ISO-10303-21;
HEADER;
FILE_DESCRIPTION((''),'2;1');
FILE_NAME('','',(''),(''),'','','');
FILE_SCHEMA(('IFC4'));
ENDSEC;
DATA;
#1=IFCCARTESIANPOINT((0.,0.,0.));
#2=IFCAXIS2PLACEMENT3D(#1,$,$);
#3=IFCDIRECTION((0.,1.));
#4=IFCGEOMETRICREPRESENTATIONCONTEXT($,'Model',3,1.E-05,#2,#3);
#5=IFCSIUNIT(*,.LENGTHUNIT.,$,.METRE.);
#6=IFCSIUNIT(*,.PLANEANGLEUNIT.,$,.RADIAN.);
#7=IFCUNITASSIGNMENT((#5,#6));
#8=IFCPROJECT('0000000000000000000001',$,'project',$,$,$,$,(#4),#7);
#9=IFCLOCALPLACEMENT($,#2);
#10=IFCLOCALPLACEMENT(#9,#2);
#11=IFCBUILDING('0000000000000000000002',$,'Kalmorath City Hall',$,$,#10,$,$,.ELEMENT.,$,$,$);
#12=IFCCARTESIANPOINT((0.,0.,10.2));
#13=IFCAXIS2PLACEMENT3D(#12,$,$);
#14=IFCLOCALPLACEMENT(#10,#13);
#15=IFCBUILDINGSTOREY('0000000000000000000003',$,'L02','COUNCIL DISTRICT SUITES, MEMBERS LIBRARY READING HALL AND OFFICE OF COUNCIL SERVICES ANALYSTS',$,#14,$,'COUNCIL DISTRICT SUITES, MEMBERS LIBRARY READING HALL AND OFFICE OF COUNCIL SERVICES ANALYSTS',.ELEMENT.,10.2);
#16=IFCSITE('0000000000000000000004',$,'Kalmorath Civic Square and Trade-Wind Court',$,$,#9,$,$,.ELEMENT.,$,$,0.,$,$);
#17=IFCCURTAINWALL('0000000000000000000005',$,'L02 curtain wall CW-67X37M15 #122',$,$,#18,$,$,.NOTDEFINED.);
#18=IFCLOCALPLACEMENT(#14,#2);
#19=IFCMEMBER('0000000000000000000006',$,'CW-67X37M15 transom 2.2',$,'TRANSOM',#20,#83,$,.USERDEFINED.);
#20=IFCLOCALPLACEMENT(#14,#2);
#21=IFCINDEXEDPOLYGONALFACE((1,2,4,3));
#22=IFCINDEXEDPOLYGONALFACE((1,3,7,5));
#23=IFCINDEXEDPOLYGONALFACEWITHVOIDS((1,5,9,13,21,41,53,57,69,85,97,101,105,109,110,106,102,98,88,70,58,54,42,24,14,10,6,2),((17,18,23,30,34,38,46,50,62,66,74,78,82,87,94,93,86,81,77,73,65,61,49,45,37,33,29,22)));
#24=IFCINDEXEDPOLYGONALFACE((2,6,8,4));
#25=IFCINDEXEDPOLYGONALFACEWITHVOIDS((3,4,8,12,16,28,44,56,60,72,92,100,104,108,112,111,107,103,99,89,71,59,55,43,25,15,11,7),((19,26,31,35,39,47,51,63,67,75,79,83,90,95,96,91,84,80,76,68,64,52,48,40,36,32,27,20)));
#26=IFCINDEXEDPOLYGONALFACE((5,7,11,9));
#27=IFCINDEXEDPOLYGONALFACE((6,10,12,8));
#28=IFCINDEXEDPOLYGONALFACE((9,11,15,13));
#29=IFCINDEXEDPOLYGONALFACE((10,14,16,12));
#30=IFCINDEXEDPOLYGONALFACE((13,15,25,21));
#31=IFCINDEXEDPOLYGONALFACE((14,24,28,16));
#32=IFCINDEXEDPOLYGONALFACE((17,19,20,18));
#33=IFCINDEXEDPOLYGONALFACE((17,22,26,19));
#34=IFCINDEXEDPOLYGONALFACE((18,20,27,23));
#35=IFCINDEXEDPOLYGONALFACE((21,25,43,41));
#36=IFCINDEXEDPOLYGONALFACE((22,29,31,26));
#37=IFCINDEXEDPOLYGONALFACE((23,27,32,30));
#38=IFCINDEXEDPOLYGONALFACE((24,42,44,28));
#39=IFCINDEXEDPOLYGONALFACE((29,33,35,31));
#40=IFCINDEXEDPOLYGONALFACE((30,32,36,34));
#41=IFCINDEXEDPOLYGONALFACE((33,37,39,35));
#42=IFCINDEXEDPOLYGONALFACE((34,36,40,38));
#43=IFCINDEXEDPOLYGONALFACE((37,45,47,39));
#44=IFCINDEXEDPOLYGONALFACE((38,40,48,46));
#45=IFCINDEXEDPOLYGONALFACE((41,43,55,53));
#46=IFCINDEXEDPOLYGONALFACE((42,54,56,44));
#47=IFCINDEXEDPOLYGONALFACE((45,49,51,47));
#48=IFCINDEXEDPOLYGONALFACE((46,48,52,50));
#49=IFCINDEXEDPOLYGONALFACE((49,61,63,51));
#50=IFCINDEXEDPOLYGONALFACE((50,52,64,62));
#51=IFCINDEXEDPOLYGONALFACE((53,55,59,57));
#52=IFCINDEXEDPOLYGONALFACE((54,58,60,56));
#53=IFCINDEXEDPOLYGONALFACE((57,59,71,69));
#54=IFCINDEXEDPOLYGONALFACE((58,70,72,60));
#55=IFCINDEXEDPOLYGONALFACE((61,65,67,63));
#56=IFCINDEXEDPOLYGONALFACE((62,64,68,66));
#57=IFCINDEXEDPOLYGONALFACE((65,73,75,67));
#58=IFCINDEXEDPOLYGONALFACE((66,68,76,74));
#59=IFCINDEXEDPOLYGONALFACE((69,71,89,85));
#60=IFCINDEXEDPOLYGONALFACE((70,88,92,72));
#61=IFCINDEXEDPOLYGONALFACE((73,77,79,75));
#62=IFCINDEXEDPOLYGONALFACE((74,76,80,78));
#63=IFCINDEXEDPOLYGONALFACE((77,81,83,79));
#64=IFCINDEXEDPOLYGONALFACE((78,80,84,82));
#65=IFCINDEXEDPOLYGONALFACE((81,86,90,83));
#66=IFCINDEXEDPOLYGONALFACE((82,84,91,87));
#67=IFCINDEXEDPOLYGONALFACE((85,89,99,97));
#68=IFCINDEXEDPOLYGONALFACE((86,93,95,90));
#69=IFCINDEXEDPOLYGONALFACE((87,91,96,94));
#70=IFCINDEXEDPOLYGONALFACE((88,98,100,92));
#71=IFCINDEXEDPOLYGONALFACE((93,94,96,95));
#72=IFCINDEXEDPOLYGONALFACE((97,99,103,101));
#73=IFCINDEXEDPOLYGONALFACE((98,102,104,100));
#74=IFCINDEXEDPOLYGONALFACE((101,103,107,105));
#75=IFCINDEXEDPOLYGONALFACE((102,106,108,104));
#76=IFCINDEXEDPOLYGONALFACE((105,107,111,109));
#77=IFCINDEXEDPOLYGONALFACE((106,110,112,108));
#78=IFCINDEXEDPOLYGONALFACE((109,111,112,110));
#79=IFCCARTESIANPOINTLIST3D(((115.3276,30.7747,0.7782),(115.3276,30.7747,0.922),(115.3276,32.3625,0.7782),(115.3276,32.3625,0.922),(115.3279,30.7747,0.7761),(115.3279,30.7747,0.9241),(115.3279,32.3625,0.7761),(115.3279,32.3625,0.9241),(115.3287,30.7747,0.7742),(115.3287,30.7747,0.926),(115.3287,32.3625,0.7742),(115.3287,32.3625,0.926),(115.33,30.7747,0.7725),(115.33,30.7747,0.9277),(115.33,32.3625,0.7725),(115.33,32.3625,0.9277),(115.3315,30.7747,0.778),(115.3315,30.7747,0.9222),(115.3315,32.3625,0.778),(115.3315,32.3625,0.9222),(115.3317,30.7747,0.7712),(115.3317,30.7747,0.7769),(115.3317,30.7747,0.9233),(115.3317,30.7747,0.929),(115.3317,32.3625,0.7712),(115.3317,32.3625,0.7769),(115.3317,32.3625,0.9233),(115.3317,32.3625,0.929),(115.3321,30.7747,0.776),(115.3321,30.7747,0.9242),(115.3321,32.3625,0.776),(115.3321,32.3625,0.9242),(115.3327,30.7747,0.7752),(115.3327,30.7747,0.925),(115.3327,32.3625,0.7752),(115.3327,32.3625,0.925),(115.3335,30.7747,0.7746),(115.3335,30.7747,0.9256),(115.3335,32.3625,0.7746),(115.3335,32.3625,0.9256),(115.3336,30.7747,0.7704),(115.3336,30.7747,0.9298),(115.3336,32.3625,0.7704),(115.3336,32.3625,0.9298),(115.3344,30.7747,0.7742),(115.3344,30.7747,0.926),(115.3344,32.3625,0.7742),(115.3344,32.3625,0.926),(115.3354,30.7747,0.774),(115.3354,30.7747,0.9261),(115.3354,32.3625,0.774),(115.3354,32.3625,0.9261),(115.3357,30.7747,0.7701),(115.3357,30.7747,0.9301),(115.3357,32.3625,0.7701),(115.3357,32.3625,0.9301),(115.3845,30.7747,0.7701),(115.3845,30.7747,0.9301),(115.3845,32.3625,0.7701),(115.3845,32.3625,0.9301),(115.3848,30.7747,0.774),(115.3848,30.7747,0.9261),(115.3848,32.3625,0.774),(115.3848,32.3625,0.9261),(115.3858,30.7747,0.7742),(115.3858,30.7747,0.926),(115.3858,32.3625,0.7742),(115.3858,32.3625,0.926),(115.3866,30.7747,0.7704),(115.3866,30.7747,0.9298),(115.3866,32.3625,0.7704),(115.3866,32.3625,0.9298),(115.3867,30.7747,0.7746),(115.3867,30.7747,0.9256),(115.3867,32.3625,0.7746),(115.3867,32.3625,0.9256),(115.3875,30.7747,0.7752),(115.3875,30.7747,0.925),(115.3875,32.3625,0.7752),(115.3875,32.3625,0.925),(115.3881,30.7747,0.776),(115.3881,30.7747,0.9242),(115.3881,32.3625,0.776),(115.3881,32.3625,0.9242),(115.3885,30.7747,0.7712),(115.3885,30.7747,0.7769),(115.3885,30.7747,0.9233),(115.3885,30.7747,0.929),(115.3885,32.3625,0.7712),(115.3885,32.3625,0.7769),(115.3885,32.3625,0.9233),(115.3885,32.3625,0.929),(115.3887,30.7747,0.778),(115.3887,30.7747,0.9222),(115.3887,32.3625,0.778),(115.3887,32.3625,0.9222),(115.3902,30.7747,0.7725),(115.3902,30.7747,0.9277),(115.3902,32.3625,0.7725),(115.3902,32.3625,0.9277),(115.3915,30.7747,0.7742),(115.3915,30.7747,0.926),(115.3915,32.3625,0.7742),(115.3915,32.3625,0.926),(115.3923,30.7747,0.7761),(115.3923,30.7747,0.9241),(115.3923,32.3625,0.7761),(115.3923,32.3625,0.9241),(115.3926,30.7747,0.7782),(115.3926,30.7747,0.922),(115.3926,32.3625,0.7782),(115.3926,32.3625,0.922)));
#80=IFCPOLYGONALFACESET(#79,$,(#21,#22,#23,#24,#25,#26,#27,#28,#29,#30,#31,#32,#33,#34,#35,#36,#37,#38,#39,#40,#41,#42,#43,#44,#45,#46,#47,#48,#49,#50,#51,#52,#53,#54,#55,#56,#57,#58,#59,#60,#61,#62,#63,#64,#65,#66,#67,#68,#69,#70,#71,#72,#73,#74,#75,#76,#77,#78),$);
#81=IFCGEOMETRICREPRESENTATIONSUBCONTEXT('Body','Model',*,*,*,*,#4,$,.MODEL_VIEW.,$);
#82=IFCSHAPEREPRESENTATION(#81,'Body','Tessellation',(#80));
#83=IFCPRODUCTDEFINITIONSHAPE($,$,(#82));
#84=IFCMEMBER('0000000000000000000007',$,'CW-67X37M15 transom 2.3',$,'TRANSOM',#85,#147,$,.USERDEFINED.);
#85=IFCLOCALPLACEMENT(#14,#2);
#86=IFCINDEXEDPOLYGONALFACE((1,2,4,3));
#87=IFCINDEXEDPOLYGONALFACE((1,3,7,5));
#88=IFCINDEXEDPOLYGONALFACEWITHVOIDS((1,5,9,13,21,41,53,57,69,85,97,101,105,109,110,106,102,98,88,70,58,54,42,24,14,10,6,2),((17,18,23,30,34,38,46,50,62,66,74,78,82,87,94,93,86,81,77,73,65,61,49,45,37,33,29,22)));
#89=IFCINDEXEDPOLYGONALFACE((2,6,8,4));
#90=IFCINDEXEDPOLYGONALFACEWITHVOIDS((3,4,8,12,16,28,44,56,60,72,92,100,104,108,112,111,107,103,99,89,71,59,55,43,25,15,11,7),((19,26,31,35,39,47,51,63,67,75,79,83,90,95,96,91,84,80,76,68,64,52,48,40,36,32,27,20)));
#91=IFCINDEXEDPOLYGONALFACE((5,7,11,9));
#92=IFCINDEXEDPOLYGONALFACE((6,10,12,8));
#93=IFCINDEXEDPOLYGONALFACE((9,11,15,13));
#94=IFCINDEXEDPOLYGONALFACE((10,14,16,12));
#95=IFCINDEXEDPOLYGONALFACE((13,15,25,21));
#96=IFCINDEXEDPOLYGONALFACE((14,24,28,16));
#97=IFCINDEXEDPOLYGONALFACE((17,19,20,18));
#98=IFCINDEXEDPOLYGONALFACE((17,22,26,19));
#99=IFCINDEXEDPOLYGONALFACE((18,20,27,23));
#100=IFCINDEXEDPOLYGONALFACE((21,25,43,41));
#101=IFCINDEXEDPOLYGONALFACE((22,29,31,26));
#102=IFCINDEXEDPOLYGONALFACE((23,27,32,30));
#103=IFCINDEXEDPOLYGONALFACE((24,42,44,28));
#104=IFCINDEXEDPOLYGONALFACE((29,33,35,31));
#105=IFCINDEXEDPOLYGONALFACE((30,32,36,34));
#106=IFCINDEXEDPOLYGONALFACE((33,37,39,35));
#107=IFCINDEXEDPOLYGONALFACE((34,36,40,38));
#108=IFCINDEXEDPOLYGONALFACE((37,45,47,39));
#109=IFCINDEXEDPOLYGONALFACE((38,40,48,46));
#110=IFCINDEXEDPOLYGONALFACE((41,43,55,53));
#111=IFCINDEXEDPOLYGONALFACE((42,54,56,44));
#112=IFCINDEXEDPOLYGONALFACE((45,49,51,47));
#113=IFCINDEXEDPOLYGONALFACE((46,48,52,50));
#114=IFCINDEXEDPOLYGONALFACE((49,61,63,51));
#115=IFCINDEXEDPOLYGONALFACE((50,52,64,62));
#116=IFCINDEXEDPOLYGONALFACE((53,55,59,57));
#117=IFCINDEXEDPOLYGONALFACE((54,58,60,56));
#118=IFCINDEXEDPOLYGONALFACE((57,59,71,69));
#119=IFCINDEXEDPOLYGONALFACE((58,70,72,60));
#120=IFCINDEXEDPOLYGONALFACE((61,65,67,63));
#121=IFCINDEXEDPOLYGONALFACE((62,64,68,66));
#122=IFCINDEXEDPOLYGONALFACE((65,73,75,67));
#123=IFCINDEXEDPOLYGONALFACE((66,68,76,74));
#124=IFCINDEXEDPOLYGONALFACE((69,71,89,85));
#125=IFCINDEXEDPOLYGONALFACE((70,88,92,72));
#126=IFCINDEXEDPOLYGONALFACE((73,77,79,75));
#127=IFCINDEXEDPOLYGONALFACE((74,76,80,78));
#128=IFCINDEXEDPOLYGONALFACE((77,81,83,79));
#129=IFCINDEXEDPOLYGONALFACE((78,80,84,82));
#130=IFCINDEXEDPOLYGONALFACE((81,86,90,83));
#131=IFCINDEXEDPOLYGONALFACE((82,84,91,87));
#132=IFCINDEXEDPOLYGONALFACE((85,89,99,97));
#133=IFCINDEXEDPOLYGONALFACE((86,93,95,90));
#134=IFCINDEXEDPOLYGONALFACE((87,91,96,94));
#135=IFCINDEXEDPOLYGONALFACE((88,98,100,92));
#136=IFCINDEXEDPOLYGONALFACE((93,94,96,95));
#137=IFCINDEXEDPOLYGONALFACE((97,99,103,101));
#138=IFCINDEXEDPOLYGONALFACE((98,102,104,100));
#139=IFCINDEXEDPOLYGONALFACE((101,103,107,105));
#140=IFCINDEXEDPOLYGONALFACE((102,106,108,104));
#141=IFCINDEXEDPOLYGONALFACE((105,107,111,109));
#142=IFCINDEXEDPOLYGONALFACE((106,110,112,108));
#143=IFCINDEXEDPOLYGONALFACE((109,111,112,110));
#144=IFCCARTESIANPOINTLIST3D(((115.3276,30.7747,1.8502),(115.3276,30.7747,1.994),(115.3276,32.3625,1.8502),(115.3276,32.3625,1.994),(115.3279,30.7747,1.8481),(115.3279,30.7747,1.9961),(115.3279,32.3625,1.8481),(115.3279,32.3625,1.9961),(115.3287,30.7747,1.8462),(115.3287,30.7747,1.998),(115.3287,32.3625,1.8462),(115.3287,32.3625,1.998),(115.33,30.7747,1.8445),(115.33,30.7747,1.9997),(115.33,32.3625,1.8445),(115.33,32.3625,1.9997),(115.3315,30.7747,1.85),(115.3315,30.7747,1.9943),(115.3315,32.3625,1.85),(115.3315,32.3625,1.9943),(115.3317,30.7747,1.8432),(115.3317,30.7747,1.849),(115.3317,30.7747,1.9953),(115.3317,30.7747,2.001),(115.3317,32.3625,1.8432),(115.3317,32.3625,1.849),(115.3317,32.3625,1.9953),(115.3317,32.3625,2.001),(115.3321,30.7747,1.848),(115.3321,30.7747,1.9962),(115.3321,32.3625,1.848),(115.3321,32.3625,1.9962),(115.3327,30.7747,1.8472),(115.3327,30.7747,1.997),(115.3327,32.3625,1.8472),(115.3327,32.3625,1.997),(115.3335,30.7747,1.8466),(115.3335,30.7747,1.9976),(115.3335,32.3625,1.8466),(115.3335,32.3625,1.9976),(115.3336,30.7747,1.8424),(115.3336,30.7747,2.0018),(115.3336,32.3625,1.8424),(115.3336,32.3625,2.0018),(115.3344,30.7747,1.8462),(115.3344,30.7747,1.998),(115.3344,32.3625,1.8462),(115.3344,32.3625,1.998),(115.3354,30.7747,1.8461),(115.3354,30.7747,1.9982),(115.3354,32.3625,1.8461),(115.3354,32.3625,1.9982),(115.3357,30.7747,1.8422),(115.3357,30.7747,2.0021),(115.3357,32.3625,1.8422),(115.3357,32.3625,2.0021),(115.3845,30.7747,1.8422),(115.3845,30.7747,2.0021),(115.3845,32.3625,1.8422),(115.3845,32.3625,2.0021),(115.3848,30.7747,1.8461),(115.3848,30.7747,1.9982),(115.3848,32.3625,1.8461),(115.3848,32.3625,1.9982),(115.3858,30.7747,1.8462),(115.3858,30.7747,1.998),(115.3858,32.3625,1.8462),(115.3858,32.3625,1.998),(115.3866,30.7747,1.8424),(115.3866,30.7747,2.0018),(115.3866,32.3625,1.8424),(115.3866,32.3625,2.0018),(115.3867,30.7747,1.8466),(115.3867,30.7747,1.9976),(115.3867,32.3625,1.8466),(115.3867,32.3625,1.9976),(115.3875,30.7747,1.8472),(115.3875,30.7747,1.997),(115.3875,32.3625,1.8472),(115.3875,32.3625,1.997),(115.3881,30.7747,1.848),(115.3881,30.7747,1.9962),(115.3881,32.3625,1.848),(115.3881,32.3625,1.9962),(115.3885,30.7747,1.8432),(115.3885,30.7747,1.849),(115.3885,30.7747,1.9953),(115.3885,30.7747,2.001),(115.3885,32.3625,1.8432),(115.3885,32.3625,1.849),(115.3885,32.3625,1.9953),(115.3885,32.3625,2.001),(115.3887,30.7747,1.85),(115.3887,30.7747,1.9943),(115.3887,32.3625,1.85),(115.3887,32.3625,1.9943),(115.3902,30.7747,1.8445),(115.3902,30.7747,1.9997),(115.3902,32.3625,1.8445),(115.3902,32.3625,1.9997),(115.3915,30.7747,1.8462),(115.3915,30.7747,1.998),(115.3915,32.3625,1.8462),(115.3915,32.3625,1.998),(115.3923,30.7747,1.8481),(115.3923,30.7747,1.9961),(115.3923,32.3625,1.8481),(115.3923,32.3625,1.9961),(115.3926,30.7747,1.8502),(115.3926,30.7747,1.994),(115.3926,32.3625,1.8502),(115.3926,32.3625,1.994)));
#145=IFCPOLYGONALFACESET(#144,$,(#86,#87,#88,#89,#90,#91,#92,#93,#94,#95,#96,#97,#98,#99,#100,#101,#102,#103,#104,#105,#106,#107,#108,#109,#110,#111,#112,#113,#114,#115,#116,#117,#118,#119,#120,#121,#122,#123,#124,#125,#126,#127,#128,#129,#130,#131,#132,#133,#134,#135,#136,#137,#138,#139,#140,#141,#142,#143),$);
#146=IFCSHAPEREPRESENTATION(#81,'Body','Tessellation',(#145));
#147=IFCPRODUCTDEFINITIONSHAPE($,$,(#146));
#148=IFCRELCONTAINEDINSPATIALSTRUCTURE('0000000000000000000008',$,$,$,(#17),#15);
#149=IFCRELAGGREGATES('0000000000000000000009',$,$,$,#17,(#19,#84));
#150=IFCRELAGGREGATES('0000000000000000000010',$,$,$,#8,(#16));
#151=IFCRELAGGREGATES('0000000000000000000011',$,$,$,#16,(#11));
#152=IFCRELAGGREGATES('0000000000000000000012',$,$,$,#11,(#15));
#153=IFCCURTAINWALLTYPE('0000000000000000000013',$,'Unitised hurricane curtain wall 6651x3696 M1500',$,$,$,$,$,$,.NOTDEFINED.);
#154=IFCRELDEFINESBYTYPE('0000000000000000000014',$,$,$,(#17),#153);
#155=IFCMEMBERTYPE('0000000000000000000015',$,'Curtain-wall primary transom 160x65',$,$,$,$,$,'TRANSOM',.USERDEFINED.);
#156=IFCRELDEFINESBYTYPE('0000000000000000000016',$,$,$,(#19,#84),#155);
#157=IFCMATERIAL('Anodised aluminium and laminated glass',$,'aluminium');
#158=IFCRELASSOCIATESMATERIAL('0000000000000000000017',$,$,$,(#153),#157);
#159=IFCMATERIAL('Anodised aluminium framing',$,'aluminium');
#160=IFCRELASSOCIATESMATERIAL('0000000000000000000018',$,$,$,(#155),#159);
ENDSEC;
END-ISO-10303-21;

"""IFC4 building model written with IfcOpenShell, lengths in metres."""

from ifc_helpers import new_model, si_unit, direction, frame, origin, origin_2d, place, context, subcontext, project, spatial, hollow_rectangle, extrude, material, material_profile, profile_set, type_object, element, aggregate, save


model = new_model("IFC4")

# Units and contexts
model_context = context("Model", 3, precision=1e-05, world=origin(), true_north=direction((0.0, 1.0)))
body_context = subcontext(model_context, "Body", "Model", "MODEL_VIEW")
ifc_project = project(units=[si_unit("LENGTHUNIT", "METRE"), si_unit("PLANEANGLEUNIT", "RADIAN")], contexts=[model_context])

# Site, building, storey
site_placement = place(None, origin())
site = spatial("IfcSite", under=ifc_project, at=site_placement, Name="Kalmorath Civic Square and Trade-Wind Court", CompositionType="ELEMENT", RefElevation=0.0)
building_placement = place(site_placement, origin())
building = spatial("IfcBuilding", under=site, at=building_placement, Name="Kalmorath City Hall", CompositionType="ELEMENT")
storey_placement = place(building_placement, frame((0.0, 0.0, 10.2)))
storey = spatial("IfcBuildingStorey", under=building, at=storey_placement, Name="L02", Description="COUNCIL DISTRICT SUITES, MEMBERS LIBRARY READING HALL AND OFFICE OF COUNCIL SERVICES ANALYSTS", LongName="COUNCIL DISTRICT SUITES, MEMBERS LIBRARY READING HALL AND OFFICE OF COUNCIL SERVICES ANALYSTS", CompositionType="ELEMENT", Elevation=10.2)

# Curtain wall
ifc_material_1 = material(Name="Anodised aluminium and laminated glass", Category="aluminium")
curtain_wall_type_1 = type_object("IfcCurtainWallType", Name="Unitised hurricane curtain wall 6651x3696 M1500", PredefinedType="NOTDEFINED", material=ifc_material_1)
curtain_wall_1_placement = place(storey_placement, origin())
curtain_wall_1 = element("IfcCurtainWall", 1, at=curtain_wall_1_placement, inside=storey, type_object=curtain_wall_type_1, Name="L02 curtain wall CW-67X37M15 #122", PredefinedType="NOTDEFINED")

# Members
ifc_material_2 = material(Name="Anodised aluminium framing", Category="aluminium")
ifc_material_profile_1 = material_profile(ifc_material_2, hollow_rectangle(XDim=0.0649, YDim=0.1599, WallThickness=0.0039, InnerFilletRadius=0.0039, OuterFilletRadius=0.0081, at=origin_2d()), Name="ALU-TRN-160X65X4")
ifc_profile_set_1 = profile_set([ifc_material_profile_1], Name="Anodised aluminium framing")
member_type_1 = type_object("IfcMemberType", Name="Curtain-wall primary transom 160x65", ElementType="TRANSOM", PredefinedType="USERDEFINED", material=ifc_profile_set_1)
member_1_placement = place(storey_placement, frame((115.3601, 30.7747, 0.8501), z_axis=(0.0, 1.0, 0.0), x_axis=(-1.0, 0.0, 0.0)))
member_1 = element("IfcMember", 2, at=member_1_placement, type_object=member_type_1, Name="CW-67X37M15 transom 2.2", ObjectType="TRANSOM", PredefinedType="USERDEFINED", context=body_context, shape_type="SweptSolid", body=[
    extrude(hollow_rectangle(XDim=0.0649, YDim=0.1599, WallThickness=0.0039, InnerFilletRadius=0.0039, OuterFilletRadius=0.0081, at=origin_2d()), origin(), (0.0, 0.0, 1.0), 1.5879),
])
member_2_placement = place(storey_placement, frame((115.3601, 30.7747, 1.9221), z_axis=(0.0, 1.0, 0.0), x_axis=(-1.0, 0.0, 0.0)))
member_2 = element("IfcMember", 3, at=member_2_placement, type_object=member_type_1, Name="CW-67X37M15 transom 2.3", ObjectType="TRANSOM", PredefinedType="USERDEFINED", context=body_context, shape_type="SweptSolid", body=[
    extrude(hollow_rectangle(XDim=0.0649, YDim=0.1599, WallThickness=0.0039, InnerFilletRadius=0.0039, OuterFilletRadius=0.0081, at=origin_2d()), origin(), (0.0, 0.0, 1.0), 1.5879),
])

aggregate(curtain_wall_1, [member_1, member_2])

save(model, "model.ifc")
